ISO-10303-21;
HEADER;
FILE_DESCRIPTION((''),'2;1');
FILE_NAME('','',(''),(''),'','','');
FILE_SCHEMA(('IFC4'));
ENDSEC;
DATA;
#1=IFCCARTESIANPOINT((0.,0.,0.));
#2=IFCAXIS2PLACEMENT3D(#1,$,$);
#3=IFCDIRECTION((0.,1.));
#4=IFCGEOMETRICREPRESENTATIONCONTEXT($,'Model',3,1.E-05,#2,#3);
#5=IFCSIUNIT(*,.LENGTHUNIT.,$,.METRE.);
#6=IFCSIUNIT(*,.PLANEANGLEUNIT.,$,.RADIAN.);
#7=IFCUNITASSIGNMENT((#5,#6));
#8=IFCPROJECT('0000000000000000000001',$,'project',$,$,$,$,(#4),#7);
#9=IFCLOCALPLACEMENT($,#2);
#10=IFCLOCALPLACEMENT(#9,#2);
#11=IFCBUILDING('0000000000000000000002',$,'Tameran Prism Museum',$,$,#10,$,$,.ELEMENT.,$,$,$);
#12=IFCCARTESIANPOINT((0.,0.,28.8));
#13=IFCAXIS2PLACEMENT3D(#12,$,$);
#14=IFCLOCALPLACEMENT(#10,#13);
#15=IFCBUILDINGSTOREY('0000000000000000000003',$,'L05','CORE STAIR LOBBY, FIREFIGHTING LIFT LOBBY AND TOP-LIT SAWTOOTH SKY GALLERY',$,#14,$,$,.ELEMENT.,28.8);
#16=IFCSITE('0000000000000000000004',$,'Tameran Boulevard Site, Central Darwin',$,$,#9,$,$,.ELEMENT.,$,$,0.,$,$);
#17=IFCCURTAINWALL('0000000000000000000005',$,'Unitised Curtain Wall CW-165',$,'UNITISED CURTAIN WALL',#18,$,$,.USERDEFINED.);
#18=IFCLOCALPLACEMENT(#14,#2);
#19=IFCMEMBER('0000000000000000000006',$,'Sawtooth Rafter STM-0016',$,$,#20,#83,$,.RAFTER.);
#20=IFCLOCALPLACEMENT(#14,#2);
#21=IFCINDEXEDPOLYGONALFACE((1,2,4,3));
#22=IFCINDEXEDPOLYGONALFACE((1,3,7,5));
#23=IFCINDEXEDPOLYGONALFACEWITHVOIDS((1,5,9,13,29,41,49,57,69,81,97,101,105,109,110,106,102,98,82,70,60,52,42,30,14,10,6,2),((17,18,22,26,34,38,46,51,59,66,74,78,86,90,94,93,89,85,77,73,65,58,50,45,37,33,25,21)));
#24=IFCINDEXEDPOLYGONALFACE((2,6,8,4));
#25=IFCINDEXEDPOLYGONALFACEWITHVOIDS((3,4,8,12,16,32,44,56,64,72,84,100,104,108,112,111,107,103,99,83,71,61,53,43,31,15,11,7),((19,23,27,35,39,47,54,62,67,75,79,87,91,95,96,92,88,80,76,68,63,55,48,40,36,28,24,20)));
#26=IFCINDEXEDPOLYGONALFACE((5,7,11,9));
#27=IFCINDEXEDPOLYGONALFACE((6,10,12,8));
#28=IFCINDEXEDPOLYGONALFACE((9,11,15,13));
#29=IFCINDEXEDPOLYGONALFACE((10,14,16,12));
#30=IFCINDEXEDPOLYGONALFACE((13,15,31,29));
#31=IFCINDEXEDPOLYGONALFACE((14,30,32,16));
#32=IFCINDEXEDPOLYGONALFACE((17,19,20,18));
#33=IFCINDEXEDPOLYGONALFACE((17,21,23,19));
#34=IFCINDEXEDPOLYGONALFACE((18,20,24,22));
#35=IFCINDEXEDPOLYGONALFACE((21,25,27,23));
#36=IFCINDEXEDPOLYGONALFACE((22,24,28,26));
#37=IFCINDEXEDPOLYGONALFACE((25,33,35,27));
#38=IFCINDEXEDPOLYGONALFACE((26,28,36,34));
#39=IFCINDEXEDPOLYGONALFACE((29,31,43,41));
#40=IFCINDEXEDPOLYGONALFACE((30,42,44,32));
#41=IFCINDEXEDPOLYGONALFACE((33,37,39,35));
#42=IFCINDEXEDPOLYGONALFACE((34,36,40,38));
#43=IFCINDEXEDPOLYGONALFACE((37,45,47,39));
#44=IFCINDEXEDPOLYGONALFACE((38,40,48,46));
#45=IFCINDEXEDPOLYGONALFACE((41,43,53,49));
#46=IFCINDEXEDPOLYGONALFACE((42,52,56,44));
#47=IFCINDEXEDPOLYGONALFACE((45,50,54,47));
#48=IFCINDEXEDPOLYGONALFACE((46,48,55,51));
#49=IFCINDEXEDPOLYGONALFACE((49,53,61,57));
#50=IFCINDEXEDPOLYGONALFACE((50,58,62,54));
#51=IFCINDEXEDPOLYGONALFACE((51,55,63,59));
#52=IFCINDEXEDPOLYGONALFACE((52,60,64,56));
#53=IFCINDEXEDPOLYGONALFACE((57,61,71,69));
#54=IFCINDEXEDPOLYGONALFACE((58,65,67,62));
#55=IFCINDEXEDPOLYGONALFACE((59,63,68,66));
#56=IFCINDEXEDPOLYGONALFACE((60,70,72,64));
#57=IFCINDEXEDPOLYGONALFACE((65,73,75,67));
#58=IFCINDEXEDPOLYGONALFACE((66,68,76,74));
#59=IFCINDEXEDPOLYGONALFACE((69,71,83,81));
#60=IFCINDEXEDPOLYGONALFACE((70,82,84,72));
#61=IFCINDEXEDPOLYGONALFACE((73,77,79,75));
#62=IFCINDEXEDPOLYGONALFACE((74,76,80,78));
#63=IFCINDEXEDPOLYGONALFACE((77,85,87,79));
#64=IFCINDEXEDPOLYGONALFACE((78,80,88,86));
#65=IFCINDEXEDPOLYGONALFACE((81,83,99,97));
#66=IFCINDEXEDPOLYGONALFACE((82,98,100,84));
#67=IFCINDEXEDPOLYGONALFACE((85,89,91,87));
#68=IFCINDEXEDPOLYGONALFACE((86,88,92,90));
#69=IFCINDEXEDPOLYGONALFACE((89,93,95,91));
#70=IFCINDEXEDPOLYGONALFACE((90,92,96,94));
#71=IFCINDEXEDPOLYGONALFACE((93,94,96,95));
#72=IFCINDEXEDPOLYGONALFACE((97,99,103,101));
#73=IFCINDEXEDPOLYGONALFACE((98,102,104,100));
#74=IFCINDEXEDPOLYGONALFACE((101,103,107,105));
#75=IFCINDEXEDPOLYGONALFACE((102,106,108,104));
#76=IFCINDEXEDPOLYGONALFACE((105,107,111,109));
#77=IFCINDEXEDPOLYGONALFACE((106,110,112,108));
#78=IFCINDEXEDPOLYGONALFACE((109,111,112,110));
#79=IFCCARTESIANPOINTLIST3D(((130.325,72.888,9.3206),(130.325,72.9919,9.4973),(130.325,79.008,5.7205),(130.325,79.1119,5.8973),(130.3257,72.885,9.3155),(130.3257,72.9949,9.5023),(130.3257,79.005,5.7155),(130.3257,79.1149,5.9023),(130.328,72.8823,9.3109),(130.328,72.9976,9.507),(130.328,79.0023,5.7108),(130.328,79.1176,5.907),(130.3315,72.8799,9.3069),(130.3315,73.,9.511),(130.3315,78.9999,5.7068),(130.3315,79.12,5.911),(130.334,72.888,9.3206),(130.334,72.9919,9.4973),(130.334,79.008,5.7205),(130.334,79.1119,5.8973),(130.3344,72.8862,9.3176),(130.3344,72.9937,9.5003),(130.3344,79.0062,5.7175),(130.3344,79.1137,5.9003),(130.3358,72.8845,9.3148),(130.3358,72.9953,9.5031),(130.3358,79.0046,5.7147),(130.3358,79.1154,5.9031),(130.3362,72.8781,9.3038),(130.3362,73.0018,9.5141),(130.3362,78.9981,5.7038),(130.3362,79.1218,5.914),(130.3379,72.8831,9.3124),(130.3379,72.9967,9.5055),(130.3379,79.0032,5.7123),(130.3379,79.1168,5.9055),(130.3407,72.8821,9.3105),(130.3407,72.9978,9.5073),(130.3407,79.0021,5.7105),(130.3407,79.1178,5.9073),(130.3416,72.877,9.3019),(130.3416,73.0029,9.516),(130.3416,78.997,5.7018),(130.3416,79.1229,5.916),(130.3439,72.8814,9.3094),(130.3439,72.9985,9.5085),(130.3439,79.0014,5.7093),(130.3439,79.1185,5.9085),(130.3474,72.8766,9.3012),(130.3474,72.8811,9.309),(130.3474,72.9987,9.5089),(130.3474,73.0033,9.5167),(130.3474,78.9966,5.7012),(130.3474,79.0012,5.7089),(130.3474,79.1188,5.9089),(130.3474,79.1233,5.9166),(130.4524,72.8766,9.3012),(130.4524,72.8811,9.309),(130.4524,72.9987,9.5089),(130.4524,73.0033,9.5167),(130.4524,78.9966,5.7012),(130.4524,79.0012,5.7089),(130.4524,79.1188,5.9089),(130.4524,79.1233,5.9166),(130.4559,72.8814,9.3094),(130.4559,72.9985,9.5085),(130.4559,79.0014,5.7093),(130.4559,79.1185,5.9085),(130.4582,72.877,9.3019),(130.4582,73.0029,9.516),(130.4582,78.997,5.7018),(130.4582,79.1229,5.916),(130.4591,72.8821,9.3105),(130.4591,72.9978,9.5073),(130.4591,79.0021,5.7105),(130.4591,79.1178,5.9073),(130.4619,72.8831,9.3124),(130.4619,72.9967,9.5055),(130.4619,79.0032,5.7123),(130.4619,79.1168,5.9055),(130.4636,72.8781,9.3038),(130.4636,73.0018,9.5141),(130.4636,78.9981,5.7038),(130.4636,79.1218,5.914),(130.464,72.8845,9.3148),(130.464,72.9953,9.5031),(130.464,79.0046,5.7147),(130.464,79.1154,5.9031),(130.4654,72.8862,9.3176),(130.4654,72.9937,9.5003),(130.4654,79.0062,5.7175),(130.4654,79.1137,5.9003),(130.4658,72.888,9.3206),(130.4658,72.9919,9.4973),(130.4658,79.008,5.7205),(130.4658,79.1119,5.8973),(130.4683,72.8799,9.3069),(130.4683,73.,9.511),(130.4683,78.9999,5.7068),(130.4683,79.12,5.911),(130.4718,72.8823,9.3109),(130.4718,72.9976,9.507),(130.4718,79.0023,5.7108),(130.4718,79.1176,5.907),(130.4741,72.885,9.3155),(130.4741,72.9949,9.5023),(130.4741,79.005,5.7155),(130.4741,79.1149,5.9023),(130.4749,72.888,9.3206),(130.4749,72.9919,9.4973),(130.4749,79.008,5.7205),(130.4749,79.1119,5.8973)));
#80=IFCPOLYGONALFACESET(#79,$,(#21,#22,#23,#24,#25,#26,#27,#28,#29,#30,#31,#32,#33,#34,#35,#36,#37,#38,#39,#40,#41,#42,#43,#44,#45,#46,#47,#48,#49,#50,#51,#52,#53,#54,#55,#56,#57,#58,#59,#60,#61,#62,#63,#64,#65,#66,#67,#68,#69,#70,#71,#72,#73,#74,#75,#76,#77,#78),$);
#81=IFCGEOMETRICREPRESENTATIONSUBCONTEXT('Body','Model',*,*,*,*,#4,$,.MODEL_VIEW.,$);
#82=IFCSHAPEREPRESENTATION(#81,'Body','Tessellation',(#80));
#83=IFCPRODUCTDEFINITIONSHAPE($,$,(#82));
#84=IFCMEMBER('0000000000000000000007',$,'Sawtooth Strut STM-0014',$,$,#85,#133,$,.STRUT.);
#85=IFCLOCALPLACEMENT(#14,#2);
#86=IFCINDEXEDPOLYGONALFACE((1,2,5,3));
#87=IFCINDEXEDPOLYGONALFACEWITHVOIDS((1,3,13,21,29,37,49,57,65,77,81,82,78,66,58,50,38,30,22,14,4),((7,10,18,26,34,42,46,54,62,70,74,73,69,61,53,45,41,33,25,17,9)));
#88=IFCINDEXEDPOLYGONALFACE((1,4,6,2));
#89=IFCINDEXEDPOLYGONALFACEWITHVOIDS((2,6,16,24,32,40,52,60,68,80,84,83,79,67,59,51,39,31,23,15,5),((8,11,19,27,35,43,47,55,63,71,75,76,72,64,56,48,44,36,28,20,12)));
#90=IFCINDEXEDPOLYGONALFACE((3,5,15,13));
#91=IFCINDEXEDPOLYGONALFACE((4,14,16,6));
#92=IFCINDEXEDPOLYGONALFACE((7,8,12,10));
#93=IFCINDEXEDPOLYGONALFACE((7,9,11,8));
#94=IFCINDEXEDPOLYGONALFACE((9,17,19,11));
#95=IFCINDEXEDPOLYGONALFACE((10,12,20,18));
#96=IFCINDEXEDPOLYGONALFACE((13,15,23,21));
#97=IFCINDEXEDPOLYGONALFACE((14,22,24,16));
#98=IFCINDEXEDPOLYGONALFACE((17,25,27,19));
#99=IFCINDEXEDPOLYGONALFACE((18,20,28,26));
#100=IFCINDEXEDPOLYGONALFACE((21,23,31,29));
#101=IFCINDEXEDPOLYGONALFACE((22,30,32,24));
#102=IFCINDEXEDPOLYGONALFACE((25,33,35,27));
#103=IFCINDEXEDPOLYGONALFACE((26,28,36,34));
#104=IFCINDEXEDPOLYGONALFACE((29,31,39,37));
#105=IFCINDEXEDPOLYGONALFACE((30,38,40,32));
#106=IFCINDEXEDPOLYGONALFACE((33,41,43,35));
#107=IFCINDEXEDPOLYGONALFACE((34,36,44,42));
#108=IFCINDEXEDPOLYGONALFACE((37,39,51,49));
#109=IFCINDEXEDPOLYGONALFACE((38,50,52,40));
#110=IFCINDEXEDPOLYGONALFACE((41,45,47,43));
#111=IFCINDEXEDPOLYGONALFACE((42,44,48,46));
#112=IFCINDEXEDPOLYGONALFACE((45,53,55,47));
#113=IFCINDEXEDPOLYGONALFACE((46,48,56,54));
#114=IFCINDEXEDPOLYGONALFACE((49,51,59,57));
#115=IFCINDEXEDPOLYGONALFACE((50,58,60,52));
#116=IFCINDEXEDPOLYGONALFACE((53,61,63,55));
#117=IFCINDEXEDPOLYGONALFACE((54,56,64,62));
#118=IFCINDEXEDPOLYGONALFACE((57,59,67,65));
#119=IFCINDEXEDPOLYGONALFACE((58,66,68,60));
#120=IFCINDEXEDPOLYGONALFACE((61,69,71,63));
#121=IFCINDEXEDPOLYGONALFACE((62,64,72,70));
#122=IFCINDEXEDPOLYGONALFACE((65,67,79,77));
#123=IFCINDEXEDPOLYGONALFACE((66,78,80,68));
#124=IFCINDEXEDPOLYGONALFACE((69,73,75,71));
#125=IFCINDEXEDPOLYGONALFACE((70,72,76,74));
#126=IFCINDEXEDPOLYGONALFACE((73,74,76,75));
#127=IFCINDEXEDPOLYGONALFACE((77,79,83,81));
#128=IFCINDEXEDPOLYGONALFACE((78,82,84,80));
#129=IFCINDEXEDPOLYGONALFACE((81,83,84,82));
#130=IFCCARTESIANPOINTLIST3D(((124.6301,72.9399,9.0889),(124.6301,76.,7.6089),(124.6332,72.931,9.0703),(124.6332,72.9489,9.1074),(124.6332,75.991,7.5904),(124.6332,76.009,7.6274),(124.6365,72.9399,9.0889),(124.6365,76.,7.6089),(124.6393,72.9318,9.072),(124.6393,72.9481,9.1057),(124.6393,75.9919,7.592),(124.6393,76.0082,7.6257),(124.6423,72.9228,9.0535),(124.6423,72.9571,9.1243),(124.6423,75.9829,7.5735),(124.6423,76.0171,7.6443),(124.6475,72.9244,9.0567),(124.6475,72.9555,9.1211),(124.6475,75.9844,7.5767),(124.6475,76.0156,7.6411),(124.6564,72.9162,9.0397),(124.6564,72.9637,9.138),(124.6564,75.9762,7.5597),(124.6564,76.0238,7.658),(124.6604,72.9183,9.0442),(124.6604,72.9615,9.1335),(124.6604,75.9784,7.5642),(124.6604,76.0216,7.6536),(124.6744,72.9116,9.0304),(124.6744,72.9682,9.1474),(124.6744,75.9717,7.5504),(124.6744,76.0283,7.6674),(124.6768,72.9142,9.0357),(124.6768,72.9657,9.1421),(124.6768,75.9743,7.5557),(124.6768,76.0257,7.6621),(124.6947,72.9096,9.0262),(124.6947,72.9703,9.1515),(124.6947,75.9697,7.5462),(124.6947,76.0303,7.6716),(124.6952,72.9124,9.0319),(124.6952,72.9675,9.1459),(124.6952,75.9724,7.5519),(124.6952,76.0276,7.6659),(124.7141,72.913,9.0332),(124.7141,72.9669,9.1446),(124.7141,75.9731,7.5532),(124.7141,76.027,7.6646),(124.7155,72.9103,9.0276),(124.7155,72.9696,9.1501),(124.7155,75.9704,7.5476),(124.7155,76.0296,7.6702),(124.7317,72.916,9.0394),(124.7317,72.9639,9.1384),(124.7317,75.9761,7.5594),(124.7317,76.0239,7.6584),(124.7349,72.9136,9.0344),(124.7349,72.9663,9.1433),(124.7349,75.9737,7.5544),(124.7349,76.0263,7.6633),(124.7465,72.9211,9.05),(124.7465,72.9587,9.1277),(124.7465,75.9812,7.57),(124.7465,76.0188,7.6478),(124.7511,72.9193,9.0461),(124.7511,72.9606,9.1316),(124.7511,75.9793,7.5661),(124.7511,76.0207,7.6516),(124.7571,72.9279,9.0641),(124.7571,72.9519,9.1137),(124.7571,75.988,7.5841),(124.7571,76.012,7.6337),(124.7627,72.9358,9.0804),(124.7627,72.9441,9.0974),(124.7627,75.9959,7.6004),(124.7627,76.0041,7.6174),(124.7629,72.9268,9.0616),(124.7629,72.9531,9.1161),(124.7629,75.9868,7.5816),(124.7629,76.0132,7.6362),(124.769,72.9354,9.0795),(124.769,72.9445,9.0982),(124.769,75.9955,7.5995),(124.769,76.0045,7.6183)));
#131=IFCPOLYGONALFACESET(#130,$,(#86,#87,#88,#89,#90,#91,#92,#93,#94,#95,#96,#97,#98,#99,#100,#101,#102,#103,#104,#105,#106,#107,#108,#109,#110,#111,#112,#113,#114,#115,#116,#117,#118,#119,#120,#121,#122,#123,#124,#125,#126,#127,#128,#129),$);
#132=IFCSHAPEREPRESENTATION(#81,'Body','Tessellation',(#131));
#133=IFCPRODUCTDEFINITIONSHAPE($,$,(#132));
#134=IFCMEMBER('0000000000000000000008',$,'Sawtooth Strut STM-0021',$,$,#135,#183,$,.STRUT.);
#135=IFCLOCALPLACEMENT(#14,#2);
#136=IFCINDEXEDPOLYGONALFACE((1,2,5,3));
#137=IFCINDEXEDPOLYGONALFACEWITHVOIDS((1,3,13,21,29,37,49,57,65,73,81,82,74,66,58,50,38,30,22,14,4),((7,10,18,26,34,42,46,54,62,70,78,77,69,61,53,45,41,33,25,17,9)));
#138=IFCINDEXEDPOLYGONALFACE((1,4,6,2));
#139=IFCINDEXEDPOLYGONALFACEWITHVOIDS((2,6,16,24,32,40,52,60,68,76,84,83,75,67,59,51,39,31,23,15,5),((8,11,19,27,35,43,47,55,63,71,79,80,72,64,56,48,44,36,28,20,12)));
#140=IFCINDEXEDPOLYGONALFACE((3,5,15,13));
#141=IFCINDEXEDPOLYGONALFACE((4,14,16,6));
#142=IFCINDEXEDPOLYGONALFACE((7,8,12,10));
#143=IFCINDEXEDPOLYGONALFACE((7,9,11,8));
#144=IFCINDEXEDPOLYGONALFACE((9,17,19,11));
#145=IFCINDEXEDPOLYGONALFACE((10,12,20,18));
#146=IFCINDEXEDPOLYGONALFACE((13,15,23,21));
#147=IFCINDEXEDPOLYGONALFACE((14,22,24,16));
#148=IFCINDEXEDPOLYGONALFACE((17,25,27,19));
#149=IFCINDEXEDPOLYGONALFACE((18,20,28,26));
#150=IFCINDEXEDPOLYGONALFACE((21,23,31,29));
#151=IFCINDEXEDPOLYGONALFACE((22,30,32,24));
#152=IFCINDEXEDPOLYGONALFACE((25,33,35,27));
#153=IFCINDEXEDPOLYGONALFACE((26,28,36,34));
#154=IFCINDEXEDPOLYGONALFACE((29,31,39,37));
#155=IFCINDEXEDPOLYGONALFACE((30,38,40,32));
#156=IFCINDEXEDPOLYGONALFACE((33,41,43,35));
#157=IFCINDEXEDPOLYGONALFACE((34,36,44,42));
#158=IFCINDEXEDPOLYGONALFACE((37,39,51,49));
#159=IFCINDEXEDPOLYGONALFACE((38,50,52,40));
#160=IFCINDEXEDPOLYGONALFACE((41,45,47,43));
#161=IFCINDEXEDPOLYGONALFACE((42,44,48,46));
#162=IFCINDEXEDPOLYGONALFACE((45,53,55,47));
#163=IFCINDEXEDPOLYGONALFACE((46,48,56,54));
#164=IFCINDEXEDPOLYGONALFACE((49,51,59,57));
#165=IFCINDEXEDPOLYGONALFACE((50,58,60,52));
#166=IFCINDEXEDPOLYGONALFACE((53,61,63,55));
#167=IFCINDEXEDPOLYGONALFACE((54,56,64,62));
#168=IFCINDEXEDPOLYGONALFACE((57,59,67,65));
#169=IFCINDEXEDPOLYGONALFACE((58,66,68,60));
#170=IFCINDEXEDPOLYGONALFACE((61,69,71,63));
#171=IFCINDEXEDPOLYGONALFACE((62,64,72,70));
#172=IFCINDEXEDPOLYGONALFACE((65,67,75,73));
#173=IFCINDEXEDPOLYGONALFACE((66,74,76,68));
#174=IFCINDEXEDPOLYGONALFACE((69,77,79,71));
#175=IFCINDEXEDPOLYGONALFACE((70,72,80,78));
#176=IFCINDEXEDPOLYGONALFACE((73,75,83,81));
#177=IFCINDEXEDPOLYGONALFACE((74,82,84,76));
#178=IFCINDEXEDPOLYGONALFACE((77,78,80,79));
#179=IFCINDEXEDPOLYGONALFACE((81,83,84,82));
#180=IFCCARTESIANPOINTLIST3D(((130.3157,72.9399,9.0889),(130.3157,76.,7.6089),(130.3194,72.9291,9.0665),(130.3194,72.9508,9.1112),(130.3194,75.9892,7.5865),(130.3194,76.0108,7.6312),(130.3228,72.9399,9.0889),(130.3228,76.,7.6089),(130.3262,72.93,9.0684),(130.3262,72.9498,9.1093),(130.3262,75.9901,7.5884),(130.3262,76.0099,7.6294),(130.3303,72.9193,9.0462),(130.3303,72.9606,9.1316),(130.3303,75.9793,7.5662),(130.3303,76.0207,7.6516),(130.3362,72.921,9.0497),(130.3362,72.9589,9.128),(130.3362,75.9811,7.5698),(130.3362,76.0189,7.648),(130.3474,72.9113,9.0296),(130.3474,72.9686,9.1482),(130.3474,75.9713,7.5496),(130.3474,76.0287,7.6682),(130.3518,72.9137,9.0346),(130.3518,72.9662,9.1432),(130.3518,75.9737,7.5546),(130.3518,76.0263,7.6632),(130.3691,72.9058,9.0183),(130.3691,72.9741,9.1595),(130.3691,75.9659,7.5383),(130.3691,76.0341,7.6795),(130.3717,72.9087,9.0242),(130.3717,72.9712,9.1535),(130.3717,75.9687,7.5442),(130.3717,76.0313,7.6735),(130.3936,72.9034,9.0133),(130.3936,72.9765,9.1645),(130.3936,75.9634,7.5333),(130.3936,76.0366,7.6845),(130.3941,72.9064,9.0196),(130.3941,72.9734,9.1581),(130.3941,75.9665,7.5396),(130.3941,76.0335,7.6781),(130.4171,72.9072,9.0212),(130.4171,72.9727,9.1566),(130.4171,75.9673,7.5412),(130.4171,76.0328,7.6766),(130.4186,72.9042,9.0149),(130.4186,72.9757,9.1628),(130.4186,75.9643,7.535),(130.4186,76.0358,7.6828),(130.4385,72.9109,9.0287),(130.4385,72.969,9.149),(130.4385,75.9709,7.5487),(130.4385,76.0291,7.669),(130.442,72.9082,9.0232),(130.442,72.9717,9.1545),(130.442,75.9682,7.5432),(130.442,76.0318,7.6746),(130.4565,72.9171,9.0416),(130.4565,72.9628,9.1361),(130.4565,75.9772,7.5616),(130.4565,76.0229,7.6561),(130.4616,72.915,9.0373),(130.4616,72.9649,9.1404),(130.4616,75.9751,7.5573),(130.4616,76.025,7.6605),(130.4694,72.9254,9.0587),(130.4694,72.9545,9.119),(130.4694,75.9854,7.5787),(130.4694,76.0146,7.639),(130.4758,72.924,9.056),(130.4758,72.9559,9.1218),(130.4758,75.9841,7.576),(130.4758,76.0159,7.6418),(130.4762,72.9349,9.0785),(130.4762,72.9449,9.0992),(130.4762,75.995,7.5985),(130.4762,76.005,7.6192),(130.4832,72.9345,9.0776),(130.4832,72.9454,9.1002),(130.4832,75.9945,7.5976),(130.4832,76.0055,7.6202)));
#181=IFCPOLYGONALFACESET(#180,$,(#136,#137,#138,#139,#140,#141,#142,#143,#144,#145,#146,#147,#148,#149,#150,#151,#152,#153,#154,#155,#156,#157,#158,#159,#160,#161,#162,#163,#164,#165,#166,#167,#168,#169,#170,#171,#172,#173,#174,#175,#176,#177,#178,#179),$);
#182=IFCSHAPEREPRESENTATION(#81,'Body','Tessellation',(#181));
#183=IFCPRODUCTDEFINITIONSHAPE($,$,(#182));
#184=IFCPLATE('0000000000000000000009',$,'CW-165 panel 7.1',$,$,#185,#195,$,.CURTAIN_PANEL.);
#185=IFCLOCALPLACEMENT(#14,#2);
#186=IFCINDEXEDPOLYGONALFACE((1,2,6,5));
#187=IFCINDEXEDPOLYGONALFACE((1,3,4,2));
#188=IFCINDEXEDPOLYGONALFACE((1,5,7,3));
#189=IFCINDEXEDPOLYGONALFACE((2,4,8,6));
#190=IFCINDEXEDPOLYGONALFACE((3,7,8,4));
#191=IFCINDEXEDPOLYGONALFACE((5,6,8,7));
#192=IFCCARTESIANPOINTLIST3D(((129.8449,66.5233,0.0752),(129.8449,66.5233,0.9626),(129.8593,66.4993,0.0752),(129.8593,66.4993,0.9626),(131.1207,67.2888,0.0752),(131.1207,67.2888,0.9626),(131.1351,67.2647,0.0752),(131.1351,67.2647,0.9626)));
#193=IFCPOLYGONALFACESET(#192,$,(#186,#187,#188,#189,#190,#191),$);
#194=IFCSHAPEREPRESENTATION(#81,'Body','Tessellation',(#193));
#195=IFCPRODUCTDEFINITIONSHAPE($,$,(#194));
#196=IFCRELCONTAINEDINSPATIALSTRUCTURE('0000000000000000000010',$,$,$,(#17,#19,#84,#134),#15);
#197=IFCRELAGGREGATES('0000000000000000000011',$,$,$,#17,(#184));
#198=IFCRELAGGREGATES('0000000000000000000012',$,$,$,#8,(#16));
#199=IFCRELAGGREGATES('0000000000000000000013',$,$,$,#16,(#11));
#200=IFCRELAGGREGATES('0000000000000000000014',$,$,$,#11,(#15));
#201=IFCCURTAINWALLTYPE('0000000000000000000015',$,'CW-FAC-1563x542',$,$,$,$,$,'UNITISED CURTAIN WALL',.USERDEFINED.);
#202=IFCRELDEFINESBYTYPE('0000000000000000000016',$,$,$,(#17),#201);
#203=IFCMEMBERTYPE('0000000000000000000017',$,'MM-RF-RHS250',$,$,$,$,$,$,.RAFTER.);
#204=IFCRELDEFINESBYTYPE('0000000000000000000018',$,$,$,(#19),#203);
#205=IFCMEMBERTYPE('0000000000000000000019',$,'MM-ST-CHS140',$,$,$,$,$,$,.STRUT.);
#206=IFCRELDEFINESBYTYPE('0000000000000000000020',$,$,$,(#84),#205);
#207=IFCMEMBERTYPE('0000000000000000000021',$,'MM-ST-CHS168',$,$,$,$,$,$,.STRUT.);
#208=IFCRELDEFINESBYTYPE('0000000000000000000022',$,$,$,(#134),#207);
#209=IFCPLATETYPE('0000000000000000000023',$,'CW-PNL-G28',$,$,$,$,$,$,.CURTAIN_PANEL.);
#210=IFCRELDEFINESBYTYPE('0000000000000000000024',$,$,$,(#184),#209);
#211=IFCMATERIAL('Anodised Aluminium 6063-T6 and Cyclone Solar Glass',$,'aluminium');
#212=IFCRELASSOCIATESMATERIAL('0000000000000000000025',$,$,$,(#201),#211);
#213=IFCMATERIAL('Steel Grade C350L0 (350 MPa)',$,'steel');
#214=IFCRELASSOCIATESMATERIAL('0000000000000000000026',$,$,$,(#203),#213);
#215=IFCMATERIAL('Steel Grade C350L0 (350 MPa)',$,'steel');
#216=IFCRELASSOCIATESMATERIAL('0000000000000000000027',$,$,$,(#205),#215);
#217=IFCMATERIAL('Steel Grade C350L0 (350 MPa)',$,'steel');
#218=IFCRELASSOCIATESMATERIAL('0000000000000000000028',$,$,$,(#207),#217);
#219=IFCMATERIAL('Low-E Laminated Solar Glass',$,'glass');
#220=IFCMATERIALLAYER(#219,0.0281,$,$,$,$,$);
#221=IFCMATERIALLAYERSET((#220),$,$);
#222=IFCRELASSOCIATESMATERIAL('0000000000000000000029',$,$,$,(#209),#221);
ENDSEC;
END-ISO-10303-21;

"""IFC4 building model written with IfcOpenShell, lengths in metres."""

from ifc_helpers import new_model, si_unit, direction, frame, origin, origin_2d, place, context, subcontext, project, spatial, rectangle, hollow_rectangle, hollow_circle, extrude, material, layer, layer_set, material_profile, profile_set, type_object, element, aggregate, save


model = new_model("IFC4")

# Units and contexts
model_context = context("Model", 3, precision=1e-05, world=origin(), true_north=direction((0.0, 1.0)))
body_context = subcontext(model_context, "Body", "Model", "MODEL_VIEW")
ifc_project = project(units=[si_unit("LENGTHUNIT", "METRE"), si_unit("PLANEANGLEUNIT", "RADIAN")], contexts=[model_context])

# Site, building, storey
site_placement = place(None, origin())
site = spatial("IfcSite", under=ifc_project, at=site_placement, Name="Tameran Boulevard Site, Central Darwin", CompositionType="ELEMENT", RefElevation=0.0)
building_placement = place(site_placement, origin())
building = spatial("IfcBuilding", under=site, at=building_placement, Name="Tameran Prism Museum", CompositionType="ELEMENT")
storey_placement = place(building_placement, frame((0.0, 0.0, 28.8)))
storey = spatial("IfcBuildingStorey", under=building, at=storey_placement, Name="L05", Description="CORE STAIR LOBBY, FIREFIGHTING LIFT LOBBY AND TOP-LIT SAWTOOTH SKY GALLERY", CompositionType="ELEMENT", Elevation=28.8)

# Curtain wall
ifc_material_1 = material(Name="Anodised Aluminium 6063-T6 and Cyclone Solar Glass", Category="aluminium")
curtain_wall_type = type_object("IfcCurtainWallType", Name="CW-FAC-1563x542", ElementType="UNITISED CURTAIN WALL", PredefinedType="USERDEFINED", material=ifc_material_1)
curtain_wall_placement = place(storey_placement, origin())
curtain_wall = element("IfcCurtainWall", 1, at=curtain_wall_placement, inside=storey, type_object=curtain_wall_type, Name="Unitised Curtain Wall CW-165", ObjectType="UNITISED CURTAIN WALL", PredefinedType="USERDEFINED")

# Members
ifc_material_2 = material(Name="Steel Grade C350L0 (350 MPa)", Category="steel")
ifc_material_profile_1 = material_profile(ifc_material_2, hollow_rectangle(XDim=0.1499, YDim=0.25, WallThickness=0.009, InnerFilletRadius=0.0134, OuterFilletRadius=0.0225, at=origin_2d()))
ifc_profile_set_1 = profile_set([ifc_material_profile_1])
member_type_1 = type_object("IfcMemberType", Name="MM-RF-RHS250", PredefinedType="RAFTER", material=ifc_profile_set_1)
for number, where, z_axis, x_axis, name in (
    (2, (130.3999, 72.9399, 9.4089), (0.0, 0.861932, -0.507023), (-1.0, 0.0, 0.0), "Sawtooth Rafter STM-0016"),
):
    element("IfcMember", number, at=place(storey_placement, frame(where, z_axis=z_axis, x_axis=x_axis)), inside=storey, type_object=member_type_1, Name=name, PredefinedType="RAFTER", context=body_context, shape_type="SweptSolid", body=[
        extrude(hollow_rectangle(XDim=0.1499, YDim=0.25, WallThickness=0.009, InnerFilletRadius=0.0134, OuterFilletRadius=0.0225, at=origin_2d()), origin(), (0.0, 0.0, 1.0), 7.1003),
    ])
ifc_material_3 = material(Name="Steel Grade C350L0 (350 MPa)", Category="steel")
ifc_material_profile_2 = material_profile(ifc_material_3, hollow_circle(Radius=0.0698, WallThickness=0.0063, at=origin_2d()))
ifc_profile_set_2 = profile_set([ifc_material_profile_2])
member_type_2 = type_object("IfcMemberType", Name="MM-ST-CHS140", PredefinedType="STRUT", material=ifc_profile_set_2)
member_1_placement = place(storey_placement, frame((124.7, 72.9399, 9.0889), z_axis=(0.0, 0.900239, -0.435396), x_axis=(-1.0, 0.0, 0.0)))
element("IfcMember", 3, at=member_1_placement, inside=storey, type_object=member_type_2, Name="Sawtooth Strut STM-0014", PredefinedType="STRUT", context=body_context, shape_type="SweptSolid", body=[
    extrude(hollow_circle(Radius=0.0698, WallThickness=0.0063, at=origin_2d()), origin(), (0.0, 0.0, 1.0), 3.3992),
])
ifc_material_4 = material(Name="Steel Grade C350L0 (350 MPa)", Category="steel")
ifc_material_profile_3 = material_profile(ifc_material_4, hollow_circle(Radius=0.0842, WallThickness=0.0071, at=origin_2d()))
ifc_profile_set_3 = profile_set([ifc_material_profile_3])
member_type_3 = type_object("IfcMemberType", Name="MM-ST-CHS168", PredefinedType="STRUT", material=ifc_profile_set_3)
member_2_placement = place(storey_placement, frame((130.3999, 72.9399, 9.0889), z_axis=(0.0, 0.900239, -0.435396), x_axis=(-1.0, 0.0, 0.0)))
element("IfcMember", 4, at=member_2_placement, inside=storey, type_object=member_type_3, Name="Sawtooth Strut STM-0021", PredefinedType="STRUT", context=body_context, shape_type="SweptSolid", body=[
    extrude(hollow_circle(Radius=0.0842, WallThickness=0.0071, at=origin_2d()), origin(), (0.0, 0.0, 1.0), 3.3992),
])

# Plate
ifc_material_5 = material(Name="Low-E Laminated Solar Glass", Category="glass")
ifc_layer_1 = layer(ifc_material_5, 0.0281)
ifc_layer_set_1 = layer_set([ifc_layer_1])
plate_type_1 = type_object("IfcPlateType", Name="CW-PNL-G28", PredefinedType="CURTAIN_PANEL", material=ifc_layer_set_1)
plate_1_placement = place(storey_placement, frame((130.49, 66.894, 0.0752), z_axis=(0.0, 0.0, 1.0), x_axis=(-0.857493, -0.514496, 0.0)))
plate_1 = element("IfcPlate", 5, at=plate_1_placement, type_object=plate_type_1, Name="CW-165 panel 7.1", PredefinedType="CURTAIN_PANEL", context=body_context, shape_type="SweptSolid", body=[
    extrude(rectangle(XDim=1.4878, YDim=0.0281, at=origin_2d()), origin(), (0.0, 0.0, 1.0), 0.8875),
])
aggregate(curtain_wall, [plate_1])

save(model, "model.ifc")
